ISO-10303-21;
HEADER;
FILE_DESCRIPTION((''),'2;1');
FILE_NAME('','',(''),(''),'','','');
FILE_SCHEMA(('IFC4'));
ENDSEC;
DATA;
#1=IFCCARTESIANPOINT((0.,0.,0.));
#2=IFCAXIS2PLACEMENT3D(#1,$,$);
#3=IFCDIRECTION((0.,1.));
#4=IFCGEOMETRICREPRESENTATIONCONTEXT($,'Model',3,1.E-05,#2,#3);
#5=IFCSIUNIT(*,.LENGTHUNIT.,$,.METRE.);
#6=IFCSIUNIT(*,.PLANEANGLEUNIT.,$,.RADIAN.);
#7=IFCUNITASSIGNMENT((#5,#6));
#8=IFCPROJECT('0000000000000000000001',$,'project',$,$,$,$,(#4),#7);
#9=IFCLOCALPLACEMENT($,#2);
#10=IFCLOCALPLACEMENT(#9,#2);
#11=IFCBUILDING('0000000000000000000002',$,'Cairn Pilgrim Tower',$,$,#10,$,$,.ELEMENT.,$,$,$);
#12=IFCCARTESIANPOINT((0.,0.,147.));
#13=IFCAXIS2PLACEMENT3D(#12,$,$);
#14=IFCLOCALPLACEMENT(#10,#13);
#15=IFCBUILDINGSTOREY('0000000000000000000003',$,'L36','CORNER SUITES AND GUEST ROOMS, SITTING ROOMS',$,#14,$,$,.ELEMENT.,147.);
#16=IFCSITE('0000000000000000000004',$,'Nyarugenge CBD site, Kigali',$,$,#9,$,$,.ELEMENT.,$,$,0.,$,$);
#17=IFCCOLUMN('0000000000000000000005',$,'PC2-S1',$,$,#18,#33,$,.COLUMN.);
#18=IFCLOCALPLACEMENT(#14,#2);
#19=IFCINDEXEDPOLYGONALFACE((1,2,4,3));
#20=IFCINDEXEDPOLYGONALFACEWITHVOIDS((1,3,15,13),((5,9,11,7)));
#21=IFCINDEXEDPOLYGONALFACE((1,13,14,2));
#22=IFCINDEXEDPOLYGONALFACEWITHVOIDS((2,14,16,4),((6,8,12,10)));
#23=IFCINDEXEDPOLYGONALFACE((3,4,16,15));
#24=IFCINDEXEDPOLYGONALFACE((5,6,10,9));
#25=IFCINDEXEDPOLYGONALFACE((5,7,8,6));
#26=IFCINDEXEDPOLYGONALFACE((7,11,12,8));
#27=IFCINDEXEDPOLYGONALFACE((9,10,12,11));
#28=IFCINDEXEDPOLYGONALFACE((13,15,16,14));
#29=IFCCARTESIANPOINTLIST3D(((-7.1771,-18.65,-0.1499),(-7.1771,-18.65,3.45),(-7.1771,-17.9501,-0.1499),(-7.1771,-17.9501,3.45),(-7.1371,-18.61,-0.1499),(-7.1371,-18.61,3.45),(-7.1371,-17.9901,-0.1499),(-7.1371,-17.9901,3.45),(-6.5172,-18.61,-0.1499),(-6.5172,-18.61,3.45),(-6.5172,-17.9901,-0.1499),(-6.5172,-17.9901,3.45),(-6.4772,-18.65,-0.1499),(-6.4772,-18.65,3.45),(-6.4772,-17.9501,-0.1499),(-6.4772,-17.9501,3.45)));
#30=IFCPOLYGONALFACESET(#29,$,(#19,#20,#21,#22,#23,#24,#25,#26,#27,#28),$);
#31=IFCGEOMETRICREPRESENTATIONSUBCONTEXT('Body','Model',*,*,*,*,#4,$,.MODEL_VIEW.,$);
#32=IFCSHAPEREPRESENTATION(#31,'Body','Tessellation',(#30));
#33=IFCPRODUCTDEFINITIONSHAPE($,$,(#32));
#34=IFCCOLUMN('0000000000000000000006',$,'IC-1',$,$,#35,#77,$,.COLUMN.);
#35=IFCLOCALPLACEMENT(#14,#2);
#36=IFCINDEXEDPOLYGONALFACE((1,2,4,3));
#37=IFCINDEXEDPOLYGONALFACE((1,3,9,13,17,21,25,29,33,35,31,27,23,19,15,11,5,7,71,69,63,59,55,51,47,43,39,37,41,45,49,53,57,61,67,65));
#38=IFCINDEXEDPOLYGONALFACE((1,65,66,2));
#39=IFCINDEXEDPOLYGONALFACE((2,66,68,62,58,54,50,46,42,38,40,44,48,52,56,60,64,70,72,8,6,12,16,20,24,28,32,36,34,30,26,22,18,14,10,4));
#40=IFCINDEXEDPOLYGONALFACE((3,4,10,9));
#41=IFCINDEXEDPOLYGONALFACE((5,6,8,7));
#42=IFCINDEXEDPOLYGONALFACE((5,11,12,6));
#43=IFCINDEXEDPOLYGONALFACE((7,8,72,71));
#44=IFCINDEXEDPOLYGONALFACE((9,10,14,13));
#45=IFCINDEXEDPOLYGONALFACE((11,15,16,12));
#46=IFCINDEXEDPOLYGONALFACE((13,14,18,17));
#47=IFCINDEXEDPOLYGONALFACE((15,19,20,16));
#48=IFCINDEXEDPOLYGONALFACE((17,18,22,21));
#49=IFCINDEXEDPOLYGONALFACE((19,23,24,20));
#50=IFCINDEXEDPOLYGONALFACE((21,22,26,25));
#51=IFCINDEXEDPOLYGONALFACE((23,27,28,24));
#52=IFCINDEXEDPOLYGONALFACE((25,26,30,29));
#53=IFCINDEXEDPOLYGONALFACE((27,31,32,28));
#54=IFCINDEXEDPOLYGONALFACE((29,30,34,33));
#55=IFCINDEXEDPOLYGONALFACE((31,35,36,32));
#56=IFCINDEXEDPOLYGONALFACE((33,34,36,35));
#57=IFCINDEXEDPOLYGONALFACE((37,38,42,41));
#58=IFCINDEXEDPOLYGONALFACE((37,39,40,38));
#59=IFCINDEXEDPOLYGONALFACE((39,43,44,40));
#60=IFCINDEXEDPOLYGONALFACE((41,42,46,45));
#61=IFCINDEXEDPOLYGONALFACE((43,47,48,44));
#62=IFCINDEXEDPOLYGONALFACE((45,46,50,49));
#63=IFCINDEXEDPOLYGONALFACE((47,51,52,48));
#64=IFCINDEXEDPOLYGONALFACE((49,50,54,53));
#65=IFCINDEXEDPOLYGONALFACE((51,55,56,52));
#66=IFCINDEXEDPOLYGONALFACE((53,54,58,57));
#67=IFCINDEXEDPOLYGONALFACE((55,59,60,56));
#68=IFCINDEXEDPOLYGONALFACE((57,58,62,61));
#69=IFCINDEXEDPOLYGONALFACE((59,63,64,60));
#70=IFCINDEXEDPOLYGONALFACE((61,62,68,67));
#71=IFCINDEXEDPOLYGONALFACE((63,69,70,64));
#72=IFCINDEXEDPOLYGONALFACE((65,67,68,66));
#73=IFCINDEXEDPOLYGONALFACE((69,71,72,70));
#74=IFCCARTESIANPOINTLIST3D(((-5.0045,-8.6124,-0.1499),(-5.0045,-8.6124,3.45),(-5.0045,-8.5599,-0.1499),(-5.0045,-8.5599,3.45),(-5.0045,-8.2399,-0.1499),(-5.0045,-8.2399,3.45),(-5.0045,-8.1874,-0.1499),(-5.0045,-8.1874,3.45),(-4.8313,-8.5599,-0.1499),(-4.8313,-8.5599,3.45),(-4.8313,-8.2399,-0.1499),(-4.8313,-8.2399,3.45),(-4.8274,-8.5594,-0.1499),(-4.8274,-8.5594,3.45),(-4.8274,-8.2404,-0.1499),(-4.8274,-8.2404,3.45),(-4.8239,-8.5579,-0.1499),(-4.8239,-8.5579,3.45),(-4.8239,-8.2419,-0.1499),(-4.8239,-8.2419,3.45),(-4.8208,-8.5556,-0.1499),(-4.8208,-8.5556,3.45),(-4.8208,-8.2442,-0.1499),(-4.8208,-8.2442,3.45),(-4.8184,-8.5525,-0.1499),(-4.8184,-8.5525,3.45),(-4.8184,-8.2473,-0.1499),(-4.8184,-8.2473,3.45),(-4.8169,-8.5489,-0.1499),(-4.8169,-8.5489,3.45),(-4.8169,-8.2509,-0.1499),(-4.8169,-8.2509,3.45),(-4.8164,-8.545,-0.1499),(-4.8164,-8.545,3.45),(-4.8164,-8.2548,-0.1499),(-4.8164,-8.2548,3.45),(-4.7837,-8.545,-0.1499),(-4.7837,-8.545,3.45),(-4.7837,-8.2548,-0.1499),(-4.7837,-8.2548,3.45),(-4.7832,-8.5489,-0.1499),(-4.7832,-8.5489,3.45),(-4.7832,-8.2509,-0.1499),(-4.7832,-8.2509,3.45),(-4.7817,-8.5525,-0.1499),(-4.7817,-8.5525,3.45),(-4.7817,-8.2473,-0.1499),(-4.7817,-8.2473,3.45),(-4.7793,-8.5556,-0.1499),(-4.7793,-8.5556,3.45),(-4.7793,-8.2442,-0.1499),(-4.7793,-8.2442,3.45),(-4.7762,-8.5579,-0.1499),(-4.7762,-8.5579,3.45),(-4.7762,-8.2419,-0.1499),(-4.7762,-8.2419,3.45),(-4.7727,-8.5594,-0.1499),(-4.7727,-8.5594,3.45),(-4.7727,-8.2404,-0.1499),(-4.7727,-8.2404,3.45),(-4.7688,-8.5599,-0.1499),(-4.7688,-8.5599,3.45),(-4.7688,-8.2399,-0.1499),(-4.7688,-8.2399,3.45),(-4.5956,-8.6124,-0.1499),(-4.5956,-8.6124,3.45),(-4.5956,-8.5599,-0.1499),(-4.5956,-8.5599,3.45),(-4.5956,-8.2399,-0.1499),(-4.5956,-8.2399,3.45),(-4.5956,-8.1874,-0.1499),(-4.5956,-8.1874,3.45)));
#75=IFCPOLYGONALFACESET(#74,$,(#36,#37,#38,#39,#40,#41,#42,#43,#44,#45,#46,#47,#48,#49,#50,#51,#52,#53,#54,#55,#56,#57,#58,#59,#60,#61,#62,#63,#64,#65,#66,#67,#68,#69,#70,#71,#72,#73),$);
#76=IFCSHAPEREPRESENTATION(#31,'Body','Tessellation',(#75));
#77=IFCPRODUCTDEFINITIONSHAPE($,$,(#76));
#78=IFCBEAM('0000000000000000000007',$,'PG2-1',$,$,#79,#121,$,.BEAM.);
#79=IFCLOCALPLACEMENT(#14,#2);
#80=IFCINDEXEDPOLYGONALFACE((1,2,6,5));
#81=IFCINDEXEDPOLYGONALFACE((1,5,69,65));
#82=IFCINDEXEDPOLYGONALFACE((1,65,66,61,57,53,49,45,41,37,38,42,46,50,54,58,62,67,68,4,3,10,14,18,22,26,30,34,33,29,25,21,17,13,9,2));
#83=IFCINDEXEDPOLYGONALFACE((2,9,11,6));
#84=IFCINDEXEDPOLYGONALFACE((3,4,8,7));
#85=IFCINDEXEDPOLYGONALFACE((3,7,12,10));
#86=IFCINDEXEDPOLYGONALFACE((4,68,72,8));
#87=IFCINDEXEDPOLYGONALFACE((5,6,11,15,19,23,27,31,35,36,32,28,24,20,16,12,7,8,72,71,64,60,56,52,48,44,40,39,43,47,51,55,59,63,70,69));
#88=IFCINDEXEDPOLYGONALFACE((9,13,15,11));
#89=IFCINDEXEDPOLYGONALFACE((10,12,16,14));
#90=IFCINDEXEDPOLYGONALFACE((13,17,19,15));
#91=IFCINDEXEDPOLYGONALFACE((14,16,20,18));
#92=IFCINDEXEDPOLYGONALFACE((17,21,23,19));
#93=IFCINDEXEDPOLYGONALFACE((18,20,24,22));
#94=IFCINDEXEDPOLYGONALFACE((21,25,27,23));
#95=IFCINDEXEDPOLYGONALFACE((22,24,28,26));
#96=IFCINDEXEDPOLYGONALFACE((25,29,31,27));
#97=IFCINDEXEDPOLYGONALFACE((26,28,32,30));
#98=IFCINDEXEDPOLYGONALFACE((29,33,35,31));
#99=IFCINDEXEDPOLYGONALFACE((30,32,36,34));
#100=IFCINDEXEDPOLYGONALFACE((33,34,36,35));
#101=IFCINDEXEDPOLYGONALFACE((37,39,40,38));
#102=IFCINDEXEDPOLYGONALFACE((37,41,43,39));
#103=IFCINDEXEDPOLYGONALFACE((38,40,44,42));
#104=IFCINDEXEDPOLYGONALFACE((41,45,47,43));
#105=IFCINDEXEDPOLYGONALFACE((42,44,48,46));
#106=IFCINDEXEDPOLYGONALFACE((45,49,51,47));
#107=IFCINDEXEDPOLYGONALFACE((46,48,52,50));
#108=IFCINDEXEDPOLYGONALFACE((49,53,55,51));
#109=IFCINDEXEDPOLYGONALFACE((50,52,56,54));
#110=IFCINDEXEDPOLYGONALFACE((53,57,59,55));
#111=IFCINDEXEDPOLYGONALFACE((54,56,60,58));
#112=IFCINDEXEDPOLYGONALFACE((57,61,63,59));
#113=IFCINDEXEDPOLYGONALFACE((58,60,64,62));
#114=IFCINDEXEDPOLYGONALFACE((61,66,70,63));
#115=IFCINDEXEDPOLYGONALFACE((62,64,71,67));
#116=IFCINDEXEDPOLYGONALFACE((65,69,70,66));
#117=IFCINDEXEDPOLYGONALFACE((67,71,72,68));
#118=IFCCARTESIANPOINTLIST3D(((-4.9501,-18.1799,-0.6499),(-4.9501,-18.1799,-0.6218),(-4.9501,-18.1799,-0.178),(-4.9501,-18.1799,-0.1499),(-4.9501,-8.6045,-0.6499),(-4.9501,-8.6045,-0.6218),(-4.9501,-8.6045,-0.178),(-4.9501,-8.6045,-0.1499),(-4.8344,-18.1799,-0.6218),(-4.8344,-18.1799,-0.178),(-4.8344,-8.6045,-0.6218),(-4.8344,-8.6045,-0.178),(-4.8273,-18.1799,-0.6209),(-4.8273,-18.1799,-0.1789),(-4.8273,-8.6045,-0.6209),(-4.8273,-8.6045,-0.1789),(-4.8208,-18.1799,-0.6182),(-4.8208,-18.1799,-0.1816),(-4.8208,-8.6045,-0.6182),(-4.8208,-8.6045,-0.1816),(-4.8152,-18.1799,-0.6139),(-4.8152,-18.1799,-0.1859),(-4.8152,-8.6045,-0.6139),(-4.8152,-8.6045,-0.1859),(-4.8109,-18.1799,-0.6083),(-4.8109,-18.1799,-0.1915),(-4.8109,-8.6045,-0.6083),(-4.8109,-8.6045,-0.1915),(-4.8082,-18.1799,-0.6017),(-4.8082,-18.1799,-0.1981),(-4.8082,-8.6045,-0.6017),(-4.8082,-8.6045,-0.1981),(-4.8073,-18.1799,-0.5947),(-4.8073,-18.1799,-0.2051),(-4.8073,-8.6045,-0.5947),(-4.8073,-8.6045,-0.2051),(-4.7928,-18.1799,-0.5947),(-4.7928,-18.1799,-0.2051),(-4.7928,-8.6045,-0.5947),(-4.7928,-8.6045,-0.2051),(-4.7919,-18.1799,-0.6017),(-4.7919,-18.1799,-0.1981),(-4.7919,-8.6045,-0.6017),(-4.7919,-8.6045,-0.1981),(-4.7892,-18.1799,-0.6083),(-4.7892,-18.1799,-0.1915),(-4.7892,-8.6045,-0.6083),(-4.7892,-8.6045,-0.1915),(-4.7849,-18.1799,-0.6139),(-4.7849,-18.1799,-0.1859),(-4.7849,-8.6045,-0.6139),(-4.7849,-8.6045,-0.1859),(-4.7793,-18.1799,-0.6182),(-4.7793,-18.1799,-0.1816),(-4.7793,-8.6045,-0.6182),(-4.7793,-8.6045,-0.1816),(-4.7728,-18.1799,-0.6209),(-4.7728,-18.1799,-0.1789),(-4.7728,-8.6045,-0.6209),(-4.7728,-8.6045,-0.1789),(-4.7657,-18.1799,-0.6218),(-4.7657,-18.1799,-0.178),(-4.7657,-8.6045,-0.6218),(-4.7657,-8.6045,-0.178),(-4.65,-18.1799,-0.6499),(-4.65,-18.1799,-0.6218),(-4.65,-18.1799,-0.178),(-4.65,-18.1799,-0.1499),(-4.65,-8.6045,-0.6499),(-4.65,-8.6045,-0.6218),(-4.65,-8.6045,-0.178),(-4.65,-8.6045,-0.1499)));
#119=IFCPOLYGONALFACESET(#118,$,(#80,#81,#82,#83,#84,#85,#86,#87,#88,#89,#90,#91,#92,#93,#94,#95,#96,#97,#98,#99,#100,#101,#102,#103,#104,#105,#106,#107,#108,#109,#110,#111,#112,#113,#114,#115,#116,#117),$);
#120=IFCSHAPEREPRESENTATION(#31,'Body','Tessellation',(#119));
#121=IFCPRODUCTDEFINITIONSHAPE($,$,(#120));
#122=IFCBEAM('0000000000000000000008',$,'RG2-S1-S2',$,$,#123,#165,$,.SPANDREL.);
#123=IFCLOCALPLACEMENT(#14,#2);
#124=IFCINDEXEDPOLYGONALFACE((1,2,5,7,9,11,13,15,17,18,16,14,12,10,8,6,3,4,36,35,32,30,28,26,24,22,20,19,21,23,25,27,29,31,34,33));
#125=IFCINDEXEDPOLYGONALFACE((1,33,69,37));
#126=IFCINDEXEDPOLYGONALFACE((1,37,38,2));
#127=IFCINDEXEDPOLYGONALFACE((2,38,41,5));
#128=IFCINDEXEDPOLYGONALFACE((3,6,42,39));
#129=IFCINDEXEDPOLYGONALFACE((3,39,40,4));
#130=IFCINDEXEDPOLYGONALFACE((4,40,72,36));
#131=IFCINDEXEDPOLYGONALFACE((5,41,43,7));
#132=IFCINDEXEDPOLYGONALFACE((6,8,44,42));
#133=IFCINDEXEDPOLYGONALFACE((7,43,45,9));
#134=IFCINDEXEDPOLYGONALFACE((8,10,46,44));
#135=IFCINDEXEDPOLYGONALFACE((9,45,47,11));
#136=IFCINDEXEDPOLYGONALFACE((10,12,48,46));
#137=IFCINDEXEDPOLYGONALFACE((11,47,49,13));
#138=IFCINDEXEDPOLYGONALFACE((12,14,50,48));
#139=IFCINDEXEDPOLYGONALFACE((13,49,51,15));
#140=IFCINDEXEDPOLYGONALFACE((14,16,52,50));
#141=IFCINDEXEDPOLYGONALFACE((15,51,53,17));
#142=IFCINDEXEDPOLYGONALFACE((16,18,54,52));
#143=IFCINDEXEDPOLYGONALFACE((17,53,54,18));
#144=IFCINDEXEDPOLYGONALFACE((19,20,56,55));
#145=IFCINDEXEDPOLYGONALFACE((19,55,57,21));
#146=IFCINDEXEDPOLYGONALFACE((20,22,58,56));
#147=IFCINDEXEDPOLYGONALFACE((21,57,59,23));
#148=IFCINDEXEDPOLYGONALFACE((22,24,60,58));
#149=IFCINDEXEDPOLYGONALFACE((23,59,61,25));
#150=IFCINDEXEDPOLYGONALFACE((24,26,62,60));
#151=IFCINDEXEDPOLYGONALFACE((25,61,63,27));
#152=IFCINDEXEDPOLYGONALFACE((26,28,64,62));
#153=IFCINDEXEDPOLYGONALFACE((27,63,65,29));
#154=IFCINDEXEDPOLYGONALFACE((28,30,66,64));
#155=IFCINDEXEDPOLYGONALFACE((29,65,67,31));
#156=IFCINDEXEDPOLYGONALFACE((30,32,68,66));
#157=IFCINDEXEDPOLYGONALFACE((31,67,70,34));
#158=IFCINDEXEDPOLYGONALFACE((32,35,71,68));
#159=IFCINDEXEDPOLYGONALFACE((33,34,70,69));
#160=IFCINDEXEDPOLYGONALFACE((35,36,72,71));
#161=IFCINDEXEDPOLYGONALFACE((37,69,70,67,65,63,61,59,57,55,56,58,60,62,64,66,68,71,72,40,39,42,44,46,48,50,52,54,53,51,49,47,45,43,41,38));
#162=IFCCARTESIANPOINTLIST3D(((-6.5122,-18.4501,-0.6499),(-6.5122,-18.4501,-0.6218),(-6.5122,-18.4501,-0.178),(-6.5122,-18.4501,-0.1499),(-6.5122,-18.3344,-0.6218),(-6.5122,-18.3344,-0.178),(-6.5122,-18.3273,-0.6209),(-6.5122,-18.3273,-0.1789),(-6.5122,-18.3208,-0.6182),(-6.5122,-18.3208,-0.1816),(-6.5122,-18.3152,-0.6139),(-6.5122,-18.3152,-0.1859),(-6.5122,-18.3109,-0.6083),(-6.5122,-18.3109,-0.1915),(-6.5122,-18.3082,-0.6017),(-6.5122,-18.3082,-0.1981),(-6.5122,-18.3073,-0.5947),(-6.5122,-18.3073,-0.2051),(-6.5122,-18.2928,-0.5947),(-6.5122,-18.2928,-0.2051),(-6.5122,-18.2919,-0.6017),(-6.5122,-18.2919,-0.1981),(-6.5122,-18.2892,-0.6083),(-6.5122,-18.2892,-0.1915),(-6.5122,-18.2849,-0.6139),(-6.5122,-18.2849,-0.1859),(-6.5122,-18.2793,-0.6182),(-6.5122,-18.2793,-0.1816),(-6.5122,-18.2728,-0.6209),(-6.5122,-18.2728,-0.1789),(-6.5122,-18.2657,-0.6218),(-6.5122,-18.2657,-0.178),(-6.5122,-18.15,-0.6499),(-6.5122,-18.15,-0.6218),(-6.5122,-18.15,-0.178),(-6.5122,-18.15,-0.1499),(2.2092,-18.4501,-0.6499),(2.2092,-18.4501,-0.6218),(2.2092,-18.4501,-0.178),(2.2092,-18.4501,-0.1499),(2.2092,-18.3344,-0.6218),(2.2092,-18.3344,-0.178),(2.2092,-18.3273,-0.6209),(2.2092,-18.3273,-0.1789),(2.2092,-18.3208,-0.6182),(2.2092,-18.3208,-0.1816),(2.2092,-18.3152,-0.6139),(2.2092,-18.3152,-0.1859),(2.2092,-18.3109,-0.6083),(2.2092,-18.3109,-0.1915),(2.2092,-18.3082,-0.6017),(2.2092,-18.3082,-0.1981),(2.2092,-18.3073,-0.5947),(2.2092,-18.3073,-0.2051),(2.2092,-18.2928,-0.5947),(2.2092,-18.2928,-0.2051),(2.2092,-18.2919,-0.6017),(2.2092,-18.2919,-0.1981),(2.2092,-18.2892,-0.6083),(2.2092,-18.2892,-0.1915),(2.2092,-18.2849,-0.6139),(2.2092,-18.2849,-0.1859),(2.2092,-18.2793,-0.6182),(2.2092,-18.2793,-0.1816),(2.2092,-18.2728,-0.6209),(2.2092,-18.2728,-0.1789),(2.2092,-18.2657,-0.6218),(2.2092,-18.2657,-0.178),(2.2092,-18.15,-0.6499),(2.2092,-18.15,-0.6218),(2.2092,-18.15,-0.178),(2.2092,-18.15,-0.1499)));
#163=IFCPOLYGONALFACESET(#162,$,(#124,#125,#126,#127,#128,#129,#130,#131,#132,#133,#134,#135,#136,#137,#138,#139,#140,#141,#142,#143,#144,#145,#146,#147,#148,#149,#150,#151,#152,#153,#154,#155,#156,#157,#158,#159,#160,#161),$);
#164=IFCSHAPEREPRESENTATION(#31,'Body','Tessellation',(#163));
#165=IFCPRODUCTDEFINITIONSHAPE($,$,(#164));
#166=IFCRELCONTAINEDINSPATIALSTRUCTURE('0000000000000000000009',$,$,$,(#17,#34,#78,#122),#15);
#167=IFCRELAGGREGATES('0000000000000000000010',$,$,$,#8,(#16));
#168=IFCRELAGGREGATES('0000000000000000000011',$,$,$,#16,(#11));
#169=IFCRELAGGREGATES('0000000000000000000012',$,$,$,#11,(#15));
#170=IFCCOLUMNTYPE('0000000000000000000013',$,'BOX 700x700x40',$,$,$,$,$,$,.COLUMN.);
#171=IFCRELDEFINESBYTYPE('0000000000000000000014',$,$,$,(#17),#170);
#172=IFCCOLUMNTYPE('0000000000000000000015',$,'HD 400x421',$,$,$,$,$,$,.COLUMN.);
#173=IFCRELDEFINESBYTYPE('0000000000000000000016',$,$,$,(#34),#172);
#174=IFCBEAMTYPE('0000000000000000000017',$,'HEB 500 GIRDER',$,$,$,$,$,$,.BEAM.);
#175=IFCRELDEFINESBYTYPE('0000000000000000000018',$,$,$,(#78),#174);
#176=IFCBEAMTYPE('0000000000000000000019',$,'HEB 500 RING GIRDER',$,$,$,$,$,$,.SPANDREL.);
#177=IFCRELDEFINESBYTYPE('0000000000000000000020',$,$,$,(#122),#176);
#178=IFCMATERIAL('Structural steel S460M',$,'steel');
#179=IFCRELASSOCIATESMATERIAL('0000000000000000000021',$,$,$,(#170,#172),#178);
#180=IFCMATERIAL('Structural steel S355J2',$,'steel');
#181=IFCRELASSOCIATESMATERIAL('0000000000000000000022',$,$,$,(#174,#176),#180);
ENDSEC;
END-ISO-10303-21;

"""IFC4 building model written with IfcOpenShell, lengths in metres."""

from ifc_helpers import new_model, si_unit, direction, frame, origin, origin_2d, place, context, subcontext, project, spatial, hollow_rectangle, i_section, extrude, material, material_profile, profile_set, type_object, element, save


model = new_model("IFC4")

# Units and contexts
model_context = context("Model", 3, precision=1e-05, world=origin(), true_north=direction((0.0, 1.0)))
body_context = subcontext(model_context, "Body", "Model", "MODEL_VIEW")
ifc_project = project(units=[si_unit("LENGTHUNIT", "METRE"), si_unit("PLANEANGLEUNIT", "RADIAN")], contexts=[model_context])

# Site, building, storey
site_placement = place(None, origin())
site = spatial("IfcSite", under=ifc_project, at=site_placement, Name="Nyarugenge CBD site, Kigali", CompositionType="ELEMENT", RefElevation=0.0)
building_placement = place(site_placement, origin())
building = spatial("IfcBuilding", under=site, at=building_placement, Name="Cairn Pilgrim Tower", CompositionType="ELEMENT")
storey_placement = place(building_placement, frame((0.0, 0.0, 147.0)))
storey = spatial("IfcBuildingStorey", under=building, at=storey_placement, Name="L36", Description="CORNER SUITES AND GUEST ROOMS, SITTING ROOMS", CompositionType="ELEMENT", Elevation=147.0)

# Columns
ifc_material_1 = material(Name="Structural steel S460M", Category="steel")
ifc_material_profile_1 = material_profile(ifc_material_1, hollow_rectangle(XDim=0.7, YDim=0.7, WallThickness=0.04, at=origin_2d()), Name="BOX 700x700x40")
ifc_profile_set_1 = profile_set([ifc_material_profile_1], Name="Structural steel S460M")
column_type_1 = type_object("IfcColumnType", Name="BOX 700x700x40", PredefinedType="COLUMN", material=ifc_profile_set_1)
column_1_placement = place(storey_placement, frame((-6.8271, -18.3, -0.1499), z_axis=(0.0, 0.0, 1.0), x_axis=(1.0, 0.0, 0.0)))
element("IfcColumn", 1, at=column_1_placement, inside=storey, type_object=column_type_1, Name="PC2-S1", PredefinedType="COLUMN", context=body_context, shape_type="SweptSolid", body=[
    extrude(hollow_rectangle(XDim=0.7, YDim=0.7, WallThickness=0.04, at=origin_2d()), origin(), (0.0, 0.0, 1.0), 3.5999),
])
ifc_material_profile_2 = material_profile(ifc_material_1, i_section(OverallWidth=0.4089, OverallDepth=0.425, WebThickness=0.0327, FlangeThickness=0.0525, FilletRadius=0.0149, at=origin_2d()), Name="HD 400x421")
ifc_profile_set_2 = profile_set([ifc_material_profile_2], Name="Structural steel S460M")
column_type_2 = type_object("IfcColumnType", Name="HD 400x421", PredefinedType="COLUMN", material=ifc_profile_set_2)
column_2_placement = place(storey_placement, frame((-4.8, -8.3999, -0.1499), z_axis=(0.0, 0.0, 1.0), x_axis=(1.0, 0.0, 0.0)))
element("IfcColumn", 2, at=column_2_placement, inside=storey, type_object=column_type_2, Name="IC-1", PredefinedType="COLUMN", context=body_context, shape_type="SweptSolid", body=[
    extrude(i_section(OverallWidth=0.4089, OverallDepth=0.425, WebThickness=0.0327, FlangeThickness=0.0525, FilletRadius=0.0149, at=origin_2d()), origin(), (0.0, 0.0, 1.0), 3.5999),
])

# Beams
ifc_material_2 = material(Name="Structural steel S355J2", Category="steel")
ifc_material_profile_3 = material_profile(ifc_material_2, i_section(OverallWidth=0.3, OverallDepth=0.5, WebThickness=0.0144, FlangeThickness=0.0281, FilletRadius=0.0271, at=origin_2d()), Name="HEB 500")
ifc_profile_set_3 = profile_set([ifc_material_profile_3], Name="Structural steel S355J2")
beam_type_1 = type_object("IfcBeamType", Name="HEB 500 GIRDER", PredefinedType="BEAM", material=ifc_profile_set_3)
beam_1_placement = place(storey_placement, frame((-4.8, -18.1799, -0.3999), z_axis=(0.0, 1.0, 0.0), x_axis=(-1.0, 0.0, 0.0)))
element("IfcBeam", 3, at=beam_1_placement, inside=storey, type_object=beam_type_1, Name="PG2-1", PredefinedType="BEAM", context=body_context, shape_type="SweptSolid", body=[
    extrude(i_section(OverallWidth=0.3, OverallDepth=0.5, WebThickness=0.0144, FlangeThickness=0.0281, FilletRadius=0.0271, at=origin_2d()), origin(), (0.0, 0.0, 1.0), 9.5754),
])
ifc_material_profile_4 = material_profile(ifc_material_2, i_section(OverallWidth=0.3, OverallDepth=0.5, WebThickness=0.0144, FlangeThickness=0.0281, FilletRadius=0.0271, at=origin_2d()), Name="HEB 500")
ifc_profile_set_4 = profile_set([ifc_material_profile_4], Name="Structural steel S355J2")
beam_type_2 = type_object("IfcBeamType", Name="HEB 500 RING GIRDER", PredefinedType="SPANDREL", material=ifc_profile_set_4)
beam_2_placement = place(storey_placement, frame((-6.5122, -18.3, -0.3999), z_axis=(1.0, 0.0, 0.0), x_axis=(0.0, 1.0, 0.0)))
element("IfcBeam", 4, at=beam_2_placement, inside=storey, type_object=beam_type_2, Name="RG2-S1-S2", PredefinedType="SPANDREL", context=body_context, shape_type="SweptSolid", body=[
    extrude(i_section(OverallWidth=0.3, OverallDepth=0.5, WebThickness=0.0144, FlangeThickness=0.0281, FilletRadius=0.0271, at=origin_2d()), origin(), (0.0, 0.0, 1.0), 8.7214),
])

save(model, "model.ifc")
